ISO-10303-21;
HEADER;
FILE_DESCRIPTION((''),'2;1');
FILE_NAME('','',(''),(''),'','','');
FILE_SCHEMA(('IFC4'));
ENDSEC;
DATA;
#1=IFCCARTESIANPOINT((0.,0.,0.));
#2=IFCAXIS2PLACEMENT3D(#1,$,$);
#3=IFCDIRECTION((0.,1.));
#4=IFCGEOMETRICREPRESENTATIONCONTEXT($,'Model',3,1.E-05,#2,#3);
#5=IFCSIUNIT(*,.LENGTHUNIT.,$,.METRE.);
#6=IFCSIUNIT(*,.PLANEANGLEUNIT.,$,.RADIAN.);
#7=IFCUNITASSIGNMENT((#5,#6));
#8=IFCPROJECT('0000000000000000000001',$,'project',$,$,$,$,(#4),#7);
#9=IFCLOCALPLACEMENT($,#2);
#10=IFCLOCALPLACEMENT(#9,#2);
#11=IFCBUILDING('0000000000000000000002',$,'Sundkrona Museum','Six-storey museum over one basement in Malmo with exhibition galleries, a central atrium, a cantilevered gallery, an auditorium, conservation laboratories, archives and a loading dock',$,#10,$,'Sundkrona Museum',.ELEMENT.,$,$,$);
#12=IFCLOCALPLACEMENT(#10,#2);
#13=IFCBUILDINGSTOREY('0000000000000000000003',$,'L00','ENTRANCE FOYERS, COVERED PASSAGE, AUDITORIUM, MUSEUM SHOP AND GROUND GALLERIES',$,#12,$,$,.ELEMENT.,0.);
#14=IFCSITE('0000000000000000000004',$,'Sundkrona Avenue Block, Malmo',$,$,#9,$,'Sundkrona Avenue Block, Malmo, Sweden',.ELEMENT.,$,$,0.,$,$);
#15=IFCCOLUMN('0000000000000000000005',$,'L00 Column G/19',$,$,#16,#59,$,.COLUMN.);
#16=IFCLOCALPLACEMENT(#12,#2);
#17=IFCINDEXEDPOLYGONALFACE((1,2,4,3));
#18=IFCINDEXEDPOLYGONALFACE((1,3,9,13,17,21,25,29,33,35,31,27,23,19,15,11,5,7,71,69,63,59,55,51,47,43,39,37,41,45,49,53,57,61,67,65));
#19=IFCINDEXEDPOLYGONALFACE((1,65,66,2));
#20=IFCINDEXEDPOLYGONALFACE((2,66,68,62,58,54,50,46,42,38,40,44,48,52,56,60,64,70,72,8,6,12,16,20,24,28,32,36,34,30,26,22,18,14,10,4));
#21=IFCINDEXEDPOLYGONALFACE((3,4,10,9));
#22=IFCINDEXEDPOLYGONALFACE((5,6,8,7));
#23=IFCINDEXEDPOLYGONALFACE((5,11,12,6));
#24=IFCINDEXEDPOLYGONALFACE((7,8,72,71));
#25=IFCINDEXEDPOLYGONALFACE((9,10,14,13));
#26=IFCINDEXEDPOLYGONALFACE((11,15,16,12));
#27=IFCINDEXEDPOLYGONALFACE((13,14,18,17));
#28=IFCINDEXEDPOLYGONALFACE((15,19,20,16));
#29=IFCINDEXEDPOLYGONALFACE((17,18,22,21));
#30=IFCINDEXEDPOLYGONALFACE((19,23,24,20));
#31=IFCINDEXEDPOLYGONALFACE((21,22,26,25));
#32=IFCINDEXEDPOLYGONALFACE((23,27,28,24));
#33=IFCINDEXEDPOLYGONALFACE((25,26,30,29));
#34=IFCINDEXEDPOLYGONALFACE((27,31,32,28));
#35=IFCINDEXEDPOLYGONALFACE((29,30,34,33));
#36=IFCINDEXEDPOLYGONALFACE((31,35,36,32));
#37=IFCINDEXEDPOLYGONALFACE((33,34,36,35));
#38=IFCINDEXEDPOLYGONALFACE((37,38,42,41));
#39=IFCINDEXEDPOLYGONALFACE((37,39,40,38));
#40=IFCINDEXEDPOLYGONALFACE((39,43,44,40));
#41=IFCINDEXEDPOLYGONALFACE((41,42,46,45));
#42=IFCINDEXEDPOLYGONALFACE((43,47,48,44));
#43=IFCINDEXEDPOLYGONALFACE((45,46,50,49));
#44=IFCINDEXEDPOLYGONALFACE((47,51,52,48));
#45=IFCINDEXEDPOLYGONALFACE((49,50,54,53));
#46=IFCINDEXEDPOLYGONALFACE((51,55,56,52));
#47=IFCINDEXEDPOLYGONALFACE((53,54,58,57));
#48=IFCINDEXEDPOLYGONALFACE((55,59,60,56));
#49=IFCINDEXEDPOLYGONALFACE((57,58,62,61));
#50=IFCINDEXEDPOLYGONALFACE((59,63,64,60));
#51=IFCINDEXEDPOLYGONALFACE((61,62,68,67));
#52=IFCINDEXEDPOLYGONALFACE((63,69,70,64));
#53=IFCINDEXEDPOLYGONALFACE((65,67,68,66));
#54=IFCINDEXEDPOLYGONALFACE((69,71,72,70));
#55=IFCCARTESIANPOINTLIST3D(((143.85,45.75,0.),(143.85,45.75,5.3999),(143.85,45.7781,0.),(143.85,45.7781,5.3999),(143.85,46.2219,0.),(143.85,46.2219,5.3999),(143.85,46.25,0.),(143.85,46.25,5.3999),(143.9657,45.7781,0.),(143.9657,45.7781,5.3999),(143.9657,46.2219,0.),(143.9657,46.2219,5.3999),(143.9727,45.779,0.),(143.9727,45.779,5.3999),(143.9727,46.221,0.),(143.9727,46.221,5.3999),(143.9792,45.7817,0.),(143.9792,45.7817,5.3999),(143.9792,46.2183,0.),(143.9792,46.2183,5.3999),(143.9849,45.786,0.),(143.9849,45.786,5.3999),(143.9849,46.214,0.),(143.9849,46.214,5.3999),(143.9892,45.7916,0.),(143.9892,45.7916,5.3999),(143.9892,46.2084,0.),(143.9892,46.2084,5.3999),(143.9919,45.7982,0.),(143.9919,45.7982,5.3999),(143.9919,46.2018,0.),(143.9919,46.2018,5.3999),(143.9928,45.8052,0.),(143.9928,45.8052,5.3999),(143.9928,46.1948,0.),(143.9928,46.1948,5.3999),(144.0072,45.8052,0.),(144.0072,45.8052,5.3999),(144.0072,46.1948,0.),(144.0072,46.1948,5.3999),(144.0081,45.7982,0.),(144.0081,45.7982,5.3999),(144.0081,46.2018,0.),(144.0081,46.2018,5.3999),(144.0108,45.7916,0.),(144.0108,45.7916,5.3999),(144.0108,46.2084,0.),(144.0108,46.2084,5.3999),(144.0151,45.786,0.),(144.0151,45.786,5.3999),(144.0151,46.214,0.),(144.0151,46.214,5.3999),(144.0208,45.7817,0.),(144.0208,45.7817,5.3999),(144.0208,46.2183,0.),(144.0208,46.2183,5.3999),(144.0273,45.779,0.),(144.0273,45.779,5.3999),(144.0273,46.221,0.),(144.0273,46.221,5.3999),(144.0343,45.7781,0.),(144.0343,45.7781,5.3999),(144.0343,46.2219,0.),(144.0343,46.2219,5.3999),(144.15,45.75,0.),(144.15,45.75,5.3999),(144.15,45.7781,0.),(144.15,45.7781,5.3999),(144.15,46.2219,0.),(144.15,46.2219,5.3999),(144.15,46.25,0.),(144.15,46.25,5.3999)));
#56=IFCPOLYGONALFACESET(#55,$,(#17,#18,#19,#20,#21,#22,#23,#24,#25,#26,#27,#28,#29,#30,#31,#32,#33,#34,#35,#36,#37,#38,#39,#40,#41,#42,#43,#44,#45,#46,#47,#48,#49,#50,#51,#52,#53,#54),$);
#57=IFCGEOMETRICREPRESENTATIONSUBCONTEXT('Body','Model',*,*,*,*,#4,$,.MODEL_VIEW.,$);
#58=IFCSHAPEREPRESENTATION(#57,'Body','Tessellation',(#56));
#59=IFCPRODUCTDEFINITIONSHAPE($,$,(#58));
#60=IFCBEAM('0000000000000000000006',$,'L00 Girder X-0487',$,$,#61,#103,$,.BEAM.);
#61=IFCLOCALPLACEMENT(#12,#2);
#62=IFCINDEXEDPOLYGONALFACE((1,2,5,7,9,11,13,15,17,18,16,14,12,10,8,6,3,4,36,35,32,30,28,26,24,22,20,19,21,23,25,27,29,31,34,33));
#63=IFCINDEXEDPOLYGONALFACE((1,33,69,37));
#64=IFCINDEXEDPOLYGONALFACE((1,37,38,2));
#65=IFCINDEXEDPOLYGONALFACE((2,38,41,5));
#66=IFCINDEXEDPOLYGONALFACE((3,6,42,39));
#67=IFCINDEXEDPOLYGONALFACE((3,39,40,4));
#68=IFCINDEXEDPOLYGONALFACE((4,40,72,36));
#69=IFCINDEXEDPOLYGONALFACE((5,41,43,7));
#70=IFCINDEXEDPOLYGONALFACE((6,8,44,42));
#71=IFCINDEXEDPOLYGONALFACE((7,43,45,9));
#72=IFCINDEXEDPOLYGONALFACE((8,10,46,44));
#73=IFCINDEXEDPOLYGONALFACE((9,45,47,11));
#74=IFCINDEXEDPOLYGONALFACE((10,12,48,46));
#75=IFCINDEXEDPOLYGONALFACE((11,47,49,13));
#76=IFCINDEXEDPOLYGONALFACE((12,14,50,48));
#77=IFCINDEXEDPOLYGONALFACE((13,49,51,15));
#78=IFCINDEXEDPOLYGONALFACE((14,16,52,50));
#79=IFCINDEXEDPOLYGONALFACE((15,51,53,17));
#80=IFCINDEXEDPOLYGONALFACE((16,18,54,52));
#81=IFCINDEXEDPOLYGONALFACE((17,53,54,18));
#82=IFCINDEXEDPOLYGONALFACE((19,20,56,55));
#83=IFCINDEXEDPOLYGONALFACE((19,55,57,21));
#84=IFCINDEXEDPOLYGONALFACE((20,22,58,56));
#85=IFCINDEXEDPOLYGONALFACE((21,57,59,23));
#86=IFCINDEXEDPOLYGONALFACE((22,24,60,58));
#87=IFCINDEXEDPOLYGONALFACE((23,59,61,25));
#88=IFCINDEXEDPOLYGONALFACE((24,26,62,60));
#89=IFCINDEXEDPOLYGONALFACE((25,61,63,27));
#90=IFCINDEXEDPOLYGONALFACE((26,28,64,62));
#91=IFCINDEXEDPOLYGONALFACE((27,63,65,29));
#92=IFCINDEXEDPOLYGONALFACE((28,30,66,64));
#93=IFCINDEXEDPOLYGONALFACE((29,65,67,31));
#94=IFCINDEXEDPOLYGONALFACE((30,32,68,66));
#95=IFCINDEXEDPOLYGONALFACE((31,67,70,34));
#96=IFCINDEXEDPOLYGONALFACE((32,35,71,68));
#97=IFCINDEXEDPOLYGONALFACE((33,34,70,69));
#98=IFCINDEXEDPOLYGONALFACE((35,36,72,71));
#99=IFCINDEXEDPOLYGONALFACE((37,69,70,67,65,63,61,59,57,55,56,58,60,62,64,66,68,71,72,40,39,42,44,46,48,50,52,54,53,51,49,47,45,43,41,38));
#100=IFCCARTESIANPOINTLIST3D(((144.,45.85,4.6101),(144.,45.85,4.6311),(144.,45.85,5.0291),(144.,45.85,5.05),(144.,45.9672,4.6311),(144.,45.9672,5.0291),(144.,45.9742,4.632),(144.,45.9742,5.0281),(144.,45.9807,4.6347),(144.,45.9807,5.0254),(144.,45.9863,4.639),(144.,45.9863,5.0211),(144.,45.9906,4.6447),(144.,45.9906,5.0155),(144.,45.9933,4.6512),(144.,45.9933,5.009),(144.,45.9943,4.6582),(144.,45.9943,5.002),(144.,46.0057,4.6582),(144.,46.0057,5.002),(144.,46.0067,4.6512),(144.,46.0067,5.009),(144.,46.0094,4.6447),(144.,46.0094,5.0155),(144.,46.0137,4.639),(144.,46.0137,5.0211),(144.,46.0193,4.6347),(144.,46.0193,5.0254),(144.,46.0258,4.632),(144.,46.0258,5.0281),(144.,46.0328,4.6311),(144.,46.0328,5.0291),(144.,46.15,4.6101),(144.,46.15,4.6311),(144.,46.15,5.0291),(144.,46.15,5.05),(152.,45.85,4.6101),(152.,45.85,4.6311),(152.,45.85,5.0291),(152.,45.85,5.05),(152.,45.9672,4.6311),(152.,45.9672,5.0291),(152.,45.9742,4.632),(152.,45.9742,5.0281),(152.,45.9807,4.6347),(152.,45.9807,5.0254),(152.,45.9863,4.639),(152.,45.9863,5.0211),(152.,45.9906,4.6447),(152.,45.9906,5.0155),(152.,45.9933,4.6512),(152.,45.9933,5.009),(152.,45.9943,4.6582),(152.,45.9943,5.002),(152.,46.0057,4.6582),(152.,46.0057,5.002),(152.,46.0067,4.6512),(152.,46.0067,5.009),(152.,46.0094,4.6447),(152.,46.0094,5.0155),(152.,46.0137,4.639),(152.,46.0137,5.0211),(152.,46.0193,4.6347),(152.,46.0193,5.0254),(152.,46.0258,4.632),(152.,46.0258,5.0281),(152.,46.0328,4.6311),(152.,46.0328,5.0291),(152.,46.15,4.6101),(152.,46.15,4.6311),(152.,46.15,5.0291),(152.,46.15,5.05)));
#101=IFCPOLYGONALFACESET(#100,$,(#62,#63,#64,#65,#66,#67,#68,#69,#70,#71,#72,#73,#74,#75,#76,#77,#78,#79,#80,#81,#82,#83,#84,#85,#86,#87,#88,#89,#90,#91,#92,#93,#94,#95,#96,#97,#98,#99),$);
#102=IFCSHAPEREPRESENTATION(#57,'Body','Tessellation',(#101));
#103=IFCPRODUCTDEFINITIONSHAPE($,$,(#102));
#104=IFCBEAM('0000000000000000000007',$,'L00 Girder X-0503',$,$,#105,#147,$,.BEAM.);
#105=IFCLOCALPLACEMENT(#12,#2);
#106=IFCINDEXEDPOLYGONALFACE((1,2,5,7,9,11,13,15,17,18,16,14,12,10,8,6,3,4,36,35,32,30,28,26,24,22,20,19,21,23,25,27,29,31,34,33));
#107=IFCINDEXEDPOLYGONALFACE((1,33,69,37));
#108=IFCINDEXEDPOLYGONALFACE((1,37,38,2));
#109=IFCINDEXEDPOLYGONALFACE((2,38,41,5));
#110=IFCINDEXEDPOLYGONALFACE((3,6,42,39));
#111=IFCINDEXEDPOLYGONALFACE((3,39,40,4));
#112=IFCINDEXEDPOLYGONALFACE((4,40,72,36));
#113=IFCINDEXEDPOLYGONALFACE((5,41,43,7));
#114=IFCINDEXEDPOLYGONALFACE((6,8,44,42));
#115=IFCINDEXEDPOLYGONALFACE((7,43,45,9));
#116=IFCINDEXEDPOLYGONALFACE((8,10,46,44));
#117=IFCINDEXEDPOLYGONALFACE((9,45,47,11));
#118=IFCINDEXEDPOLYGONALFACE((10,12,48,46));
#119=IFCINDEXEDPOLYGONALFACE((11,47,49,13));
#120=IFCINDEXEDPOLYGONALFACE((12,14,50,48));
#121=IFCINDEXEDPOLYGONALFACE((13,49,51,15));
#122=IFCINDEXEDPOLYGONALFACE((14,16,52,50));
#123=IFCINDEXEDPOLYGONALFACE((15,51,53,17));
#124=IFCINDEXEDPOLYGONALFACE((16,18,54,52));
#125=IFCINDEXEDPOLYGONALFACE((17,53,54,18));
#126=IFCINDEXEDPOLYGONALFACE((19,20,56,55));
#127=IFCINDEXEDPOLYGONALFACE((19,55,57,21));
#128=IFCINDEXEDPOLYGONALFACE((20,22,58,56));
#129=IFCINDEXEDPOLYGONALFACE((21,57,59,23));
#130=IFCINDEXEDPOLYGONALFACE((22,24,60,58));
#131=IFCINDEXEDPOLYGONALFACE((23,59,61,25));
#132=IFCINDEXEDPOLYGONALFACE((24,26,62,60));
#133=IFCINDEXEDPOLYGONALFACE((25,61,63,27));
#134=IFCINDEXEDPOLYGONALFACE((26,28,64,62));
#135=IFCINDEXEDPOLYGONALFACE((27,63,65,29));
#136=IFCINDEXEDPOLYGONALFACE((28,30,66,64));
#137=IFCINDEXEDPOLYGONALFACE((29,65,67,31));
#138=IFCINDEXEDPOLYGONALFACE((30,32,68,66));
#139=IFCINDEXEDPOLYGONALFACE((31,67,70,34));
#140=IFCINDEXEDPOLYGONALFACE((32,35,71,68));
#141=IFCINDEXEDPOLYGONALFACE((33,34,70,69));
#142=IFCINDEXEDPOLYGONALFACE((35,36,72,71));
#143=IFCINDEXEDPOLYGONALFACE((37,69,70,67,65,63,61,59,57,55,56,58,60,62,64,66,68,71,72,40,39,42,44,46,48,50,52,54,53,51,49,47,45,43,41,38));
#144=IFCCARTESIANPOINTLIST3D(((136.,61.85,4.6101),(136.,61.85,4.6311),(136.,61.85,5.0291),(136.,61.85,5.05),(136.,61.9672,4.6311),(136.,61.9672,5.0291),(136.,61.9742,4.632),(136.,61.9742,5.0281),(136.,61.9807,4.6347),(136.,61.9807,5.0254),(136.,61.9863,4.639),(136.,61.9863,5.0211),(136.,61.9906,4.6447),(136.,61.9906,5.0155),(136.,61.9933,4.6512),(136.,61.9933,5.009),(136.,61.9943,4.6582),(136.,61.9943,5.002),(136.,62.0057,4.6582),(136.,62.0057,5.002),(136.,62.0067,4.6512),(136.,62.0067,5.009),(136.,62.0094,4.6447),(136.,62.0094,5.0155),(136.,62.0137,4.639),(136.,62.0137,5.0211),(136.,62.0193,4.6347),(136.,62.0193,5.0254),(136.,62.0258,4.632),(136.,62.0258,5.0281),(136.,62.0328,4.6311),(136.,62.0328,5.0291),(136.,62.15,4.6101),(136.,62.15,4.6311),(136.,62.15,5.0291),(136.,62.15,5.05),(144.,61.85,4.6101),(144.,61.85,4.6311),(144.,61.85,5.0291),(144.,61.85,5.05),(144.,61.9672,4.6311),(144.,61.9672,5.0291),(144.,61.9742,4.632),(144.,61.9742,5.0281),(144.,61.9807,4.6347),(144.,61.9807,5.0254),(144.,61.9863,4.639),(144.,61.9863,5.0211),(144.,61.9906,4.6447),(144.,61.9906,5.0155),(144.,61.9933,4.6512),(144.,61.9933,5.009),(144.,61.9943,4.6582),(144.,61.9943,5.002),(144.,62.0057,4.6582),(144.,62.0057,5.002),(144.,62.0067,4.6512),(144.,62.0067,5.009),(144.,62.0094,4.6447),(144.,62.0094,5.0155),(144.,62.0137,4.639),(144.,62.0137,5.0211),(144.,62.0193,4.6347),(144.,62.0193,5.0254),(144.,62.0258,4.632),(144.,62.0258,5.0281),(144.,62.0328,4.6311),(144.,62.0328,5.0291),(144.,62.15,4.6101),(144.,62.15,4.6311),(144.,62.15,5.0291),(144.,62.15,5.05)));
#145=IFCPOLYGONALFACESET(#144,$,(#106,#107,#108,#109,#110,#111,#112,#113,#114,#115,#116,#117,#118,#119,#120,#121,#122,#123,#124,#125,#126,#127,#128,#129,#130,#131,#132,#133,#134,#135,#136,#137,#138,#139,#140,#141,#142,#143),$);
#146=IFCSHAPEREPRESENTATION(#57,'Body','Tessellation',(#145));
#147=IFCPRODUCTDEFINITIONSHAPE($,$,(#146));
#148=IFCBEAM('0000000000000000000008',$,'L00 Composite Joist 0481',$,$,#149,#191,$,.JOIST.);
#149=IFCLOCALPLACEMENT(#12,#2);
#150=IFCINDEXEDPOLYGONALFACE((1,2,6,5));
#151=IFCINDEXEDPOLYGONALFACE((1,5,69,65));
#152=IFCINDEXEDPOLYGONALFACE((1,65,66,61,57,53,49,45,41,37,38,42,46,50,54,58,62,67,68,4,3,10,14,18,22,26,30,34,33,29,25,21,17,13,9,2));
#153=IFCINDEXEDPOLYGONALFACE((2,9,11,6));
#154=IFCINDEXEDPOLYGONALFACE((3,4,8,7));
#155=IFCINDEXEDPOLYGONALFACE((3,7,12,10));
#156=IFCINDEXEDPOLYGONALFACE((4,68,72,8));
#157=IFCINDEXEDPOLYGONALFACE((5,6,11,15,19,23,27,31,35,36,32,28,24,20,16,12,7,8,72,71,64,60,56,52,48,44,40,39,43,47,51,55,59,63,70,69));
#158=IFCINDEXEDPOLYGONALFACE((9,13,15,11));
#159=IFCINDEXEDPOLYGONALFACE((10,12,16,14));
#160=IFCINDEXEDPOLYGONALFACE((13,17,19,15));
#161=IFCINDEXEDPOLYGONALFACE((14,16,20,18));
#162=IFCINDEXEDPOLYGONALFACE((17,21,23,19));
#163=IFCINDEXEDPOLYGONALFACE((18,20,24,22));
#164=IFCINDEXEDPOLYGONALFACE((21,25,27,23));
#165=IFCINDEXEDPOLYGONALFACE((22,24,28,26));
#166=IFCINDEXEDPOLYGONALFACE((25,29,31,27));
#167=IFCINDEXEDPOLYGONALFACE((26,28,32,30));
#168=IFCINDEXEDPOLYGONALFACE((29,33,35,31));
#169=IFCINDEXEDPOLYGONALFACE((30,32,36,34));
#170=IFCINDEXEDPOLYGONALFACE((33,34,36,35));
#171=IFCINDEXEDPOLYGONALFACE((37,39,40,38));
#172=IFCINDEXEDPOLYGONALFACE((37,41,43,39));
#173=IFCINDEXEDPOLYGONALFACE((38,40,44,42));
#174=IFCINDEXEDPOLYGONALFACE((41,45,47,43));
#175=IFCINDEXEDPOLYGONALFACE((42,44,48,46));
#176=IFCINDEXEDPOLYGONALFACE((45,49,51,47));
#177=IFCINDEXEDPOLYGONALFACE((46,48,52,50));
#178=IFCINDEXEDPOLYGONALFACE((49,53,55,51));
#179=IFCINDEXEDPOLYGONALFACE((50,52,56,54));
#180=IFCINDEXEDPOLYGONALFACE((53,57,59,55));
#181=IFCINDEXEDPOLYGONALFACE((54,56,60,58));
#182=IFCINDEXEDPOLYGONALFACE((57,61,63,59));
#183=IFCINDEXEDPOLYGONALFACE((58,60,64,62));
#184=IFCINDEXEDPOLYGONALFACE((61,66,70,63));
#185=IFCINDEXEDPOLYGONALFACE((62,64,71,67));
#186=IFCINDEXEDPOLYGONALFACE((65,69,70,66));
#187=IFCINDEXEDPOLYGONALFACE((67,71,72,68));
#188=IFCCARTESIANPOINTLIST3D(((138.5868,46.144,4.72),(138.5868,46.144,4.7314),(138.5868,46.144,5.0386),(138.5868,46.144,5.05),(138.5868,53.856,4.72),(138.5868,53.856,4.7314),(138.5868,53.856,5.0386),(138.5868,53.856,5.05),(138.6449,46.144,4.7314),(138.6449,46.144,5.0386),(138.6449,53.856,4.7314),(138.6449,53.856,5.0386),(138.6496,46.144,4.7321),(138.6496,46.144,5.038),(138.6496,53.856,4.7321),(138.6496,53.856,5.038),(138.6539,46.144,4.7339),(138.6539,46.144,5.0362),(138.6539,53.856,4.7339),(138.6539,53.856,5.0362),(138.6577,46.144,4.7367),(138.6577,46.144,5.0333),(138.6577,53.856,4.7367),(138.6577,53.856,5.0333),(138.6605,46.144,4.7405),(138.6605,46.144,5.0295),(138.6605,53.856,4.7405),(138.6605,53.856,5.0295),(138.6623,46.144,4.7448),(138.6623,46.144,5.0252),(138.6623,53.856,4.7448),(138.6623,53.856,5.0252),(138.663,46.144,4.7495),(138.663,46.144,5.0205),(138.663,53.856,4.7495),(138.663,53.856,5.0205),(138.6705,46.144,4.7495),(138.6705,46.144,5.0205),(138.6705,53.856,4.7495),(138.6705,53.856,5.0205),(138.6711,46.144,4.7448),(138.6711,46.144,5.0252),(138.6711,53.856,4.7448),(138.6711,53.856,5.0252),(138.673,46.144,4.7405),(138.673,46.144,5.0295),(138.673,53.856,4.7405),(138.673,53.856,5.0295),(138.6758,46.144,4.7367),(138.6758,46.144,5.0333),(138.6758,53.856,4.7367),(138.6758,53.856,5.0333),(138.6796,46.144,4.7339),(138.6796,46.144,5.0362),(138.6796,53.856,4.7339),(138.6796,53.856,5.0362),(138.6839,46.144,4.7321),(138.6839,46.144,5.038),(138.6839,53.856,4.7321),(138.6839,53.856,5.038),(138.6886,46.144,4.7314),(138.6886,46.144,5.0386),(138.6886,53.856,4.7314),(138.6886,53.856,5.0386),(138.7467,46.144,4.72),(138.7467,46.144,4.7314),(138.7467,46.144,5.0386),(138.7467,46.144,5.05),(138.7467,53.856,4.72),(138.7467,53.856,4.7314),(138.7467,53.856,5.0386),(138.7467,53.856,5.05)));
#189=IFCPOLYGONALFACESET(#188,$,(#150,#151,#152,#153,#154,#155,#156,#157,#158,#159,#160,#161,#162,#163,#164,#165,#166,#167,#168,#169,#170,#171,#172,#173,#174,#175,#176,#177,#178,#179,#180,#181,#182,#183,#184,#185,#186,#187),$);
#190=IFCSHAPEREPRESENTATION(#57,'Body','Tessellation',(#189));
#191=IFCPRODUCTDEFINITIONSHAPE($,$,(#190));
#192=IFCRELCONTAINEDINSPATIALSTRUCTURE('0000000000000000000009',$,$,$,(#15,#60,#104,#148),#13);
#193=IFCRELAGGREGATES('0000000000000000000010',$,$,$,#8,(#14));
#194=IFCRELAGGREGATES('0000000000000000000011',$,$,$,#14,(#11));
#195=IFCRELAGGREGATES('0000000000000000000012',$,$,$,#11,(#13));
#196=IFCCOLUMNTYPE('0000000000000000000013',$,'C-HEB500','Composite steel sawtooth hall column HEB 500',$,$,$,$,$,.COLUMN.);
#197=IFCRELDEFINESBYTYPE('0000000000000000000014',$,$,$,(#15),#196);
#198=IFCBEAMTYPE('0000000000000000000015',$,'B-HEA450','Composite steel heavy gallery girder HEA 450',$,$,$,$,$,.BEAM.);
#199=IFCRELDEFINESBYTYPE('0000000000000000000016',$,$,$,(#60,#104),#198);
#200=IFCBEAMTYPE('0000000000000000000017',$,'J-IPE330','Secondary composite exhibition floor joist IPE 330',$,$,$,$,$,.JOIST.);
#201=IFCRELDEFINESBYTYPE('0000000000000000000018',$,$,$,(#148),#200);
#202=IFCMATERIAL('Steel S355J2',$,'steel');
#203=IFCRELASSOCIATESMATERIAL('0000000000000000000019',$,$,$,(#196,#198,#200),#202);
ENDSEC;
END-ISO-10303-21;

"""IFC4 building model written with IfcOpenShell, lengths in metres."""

from ifc_helpers import new_model, si_unit, direction, frame, origin, origin_2d, place, context, subcontext, project, spatial, i_section, extrude, material, material_profile, profile_set, type_object, element, save


model = new_model("IFC4")

# Units and contexts
model_context = context("Model", 3, precision=1e-05, world=origin(), true_north=direction((0.0, 1.0)))
body_context = subcontext(model_context, "Body", "Model", "MODEL_VIEW")
ifc_project = project(units=[si_unit("LENGTHUNIT", "METRE"), si_unit("PLANEANGLEUNIT", "RADIAN")], contexts=[model_context])

# Site, building, storey
site_placement = place(None, origin())
site = spatial("IfcSite", under=ifc_project, at=site_placement, Name="Sundkrona Avenue Block, Malmo", LongName="Sundkrona Avenue Block, Malmo, Sweden", CompositionType="ELEMENT", RefElevation=0.0)
building_placement = place(site_placement, origin())
building = spatial("IfcBuilding", under=site, at=building_placement, Name="Sundkrona Museum", Description="Six-storey museum over one basement in Malmo with exhibition galleries, a central atrium, a cantilevered gallery, an auditorium, conservation laboratories, archives and a loading dock", LongName="Sundkrona Museum", CompositionType="ELEMENT")
storey_placement = place(building_placement, origin())
storey = spatial("IfcBuildingStorey", under=building, at=storey_placement, Name="L00", Description="ENTRANCE FOYERS, COVERED PASSAGE, AUDITORIUM, MUSEUM SHOP AND GROUND GALLERIES", CompositionType="ELEMENT", Elevation=0.0)

# Column
ifc_material_1 = material(Name="Steel S355J2", Category="steel")
ifc_material_profile_1 = material_profile(ifc_material_1, i_section(OverallWidth=0.3, OverallDepth=0.5, WebThickness=0.0144, FlangeThickness=0.0281, FilletRadius=0.0271, at=origin_2d()), Name="HEB 500")
ifc_profile_set_1 = profile_set([ifc_material_profile_1], Name="Steel S355J2")
column_type = type_object("IfcColumnType", Name="C-HEB500", Description="Composite steel sawtooth hall column HEB 500", PredefinedType="COLUMN", material=ifc_profile_set_1)
column_placement = place(storey_placement, frame((144.0, 46.0, 0.0), z_axis=(0.0, 0.0, 1.0), x_axis=(1.0, 0.0, 0.0)))
element("IfcColumn", 1, at=column_placement, inside=storey, type_object=column_type, Name="L00 Column G/19", PredefinedType="COLUMN", context=body_context, shape_type="SweptSolid", body=[
    extrude(i_section(OverallWidth=0.3, OverallDepth=0.5, WebThickness=0.0144, FlangeThickness=0.0281, FilletRadius=0.0271, at=origin_2d()), origin(), (0.0, 0.0, 1.0), 5.3999),
])

# Beams
ifc_material_profile_2 = material_profile(ifc_material_1, i_section(OverallWidth=0.3, OverallDepth=0.4399, WebThickness=0.0115, FlangeThickness=0.021, FilletRadius=0.0271, at=origin_2d()), Name="HEA 450")
ifc_profile_set_2 = profile_set([ifc_material_profile_2], Name="Steel S355J2")
beam_type_1 = type_object("IfcBeamType", Name="B-HEA450", Description="Composite steel heavy gallery girder HEA 450", PredefinedType="BEAM", material=ifc_profile_set_2)
for number, where, z_axis, x_axis, name in (
    (2, (144.0, 46.0, 4.8301), (1.0, 0.0, 0.0), (0.0, 1.0, 0.0), "L00 Girder X-0487"),
    (3, (136.0, 62.0, 4.8301), (1.0, 0.0, 0.0), (0.0, 1.0, 0.0), "L00 Girder X-0503"),
):
    element("IfcBeam", number, at=place(storey_placement, frame(where, z_axis=z_axis, x_axis=x_axis)), inside=storey, type_object=beam_type_1, Name=name, PredefinedType="BEAM", context=body_context, shape_type="SweptSolid", body=[
        extrude(i_section(OverallWidth=0.3, OverallDepth=0.4399, WebThickness=0.0115, FlangeThickness=0.021, FilletRadius=0.0271, at=origin_2d()), origin(), (0.0, 0.0, 1.0), 8.0),
    ])
ifc_material_profile_3 = material_profile(ifc_material_1, i_section(OverallWidth=0.1599, OverallDepth=0.3301, WebThickness=0.0076, FlangeThickness=0.0115, FilletRadius=0.0181, at=origin_2d()), Name="IPE 330")
ifc_profile_set_3 = profile_set([ifc_material_profile_3], Name="Steel S355J2")
beam_type_2 = type_object("IfcBeamType", Name="J-IPE330", Description="Secondary composite exhibition floor joist IPE 330", PredefinedType="JOIST", material=ifc_profile_set_3)
for number, where, z_axis, x_axis, name in (
    (4, (138.6667, 46.144, 4.885), (0.0, 1.0, 0.0), (-1.0, 0.0, 0.0), "L00 Composite Joist 0481"),
):
    element("IfcBeam", number, at=place(storey_placement, frame(where, z_axis=z_axis, x_axis=x_axis)), inside=storey, type_object=beam_type_2, Name=name, PredefinedType="JOIST", context=body_context, shape_type="SweptSolid", body=[
        extrude(i_section(OverallWidth=0.1599, OverallDepth=0.3301, WebThickness=0.0076, FlangeThickness=0.0115, FilletRadius=0.0181, at=origin_2d()), origin(), (0.0, 0.0, 1.0), 7.7119),
    ])

save(model, "model.ifc")
